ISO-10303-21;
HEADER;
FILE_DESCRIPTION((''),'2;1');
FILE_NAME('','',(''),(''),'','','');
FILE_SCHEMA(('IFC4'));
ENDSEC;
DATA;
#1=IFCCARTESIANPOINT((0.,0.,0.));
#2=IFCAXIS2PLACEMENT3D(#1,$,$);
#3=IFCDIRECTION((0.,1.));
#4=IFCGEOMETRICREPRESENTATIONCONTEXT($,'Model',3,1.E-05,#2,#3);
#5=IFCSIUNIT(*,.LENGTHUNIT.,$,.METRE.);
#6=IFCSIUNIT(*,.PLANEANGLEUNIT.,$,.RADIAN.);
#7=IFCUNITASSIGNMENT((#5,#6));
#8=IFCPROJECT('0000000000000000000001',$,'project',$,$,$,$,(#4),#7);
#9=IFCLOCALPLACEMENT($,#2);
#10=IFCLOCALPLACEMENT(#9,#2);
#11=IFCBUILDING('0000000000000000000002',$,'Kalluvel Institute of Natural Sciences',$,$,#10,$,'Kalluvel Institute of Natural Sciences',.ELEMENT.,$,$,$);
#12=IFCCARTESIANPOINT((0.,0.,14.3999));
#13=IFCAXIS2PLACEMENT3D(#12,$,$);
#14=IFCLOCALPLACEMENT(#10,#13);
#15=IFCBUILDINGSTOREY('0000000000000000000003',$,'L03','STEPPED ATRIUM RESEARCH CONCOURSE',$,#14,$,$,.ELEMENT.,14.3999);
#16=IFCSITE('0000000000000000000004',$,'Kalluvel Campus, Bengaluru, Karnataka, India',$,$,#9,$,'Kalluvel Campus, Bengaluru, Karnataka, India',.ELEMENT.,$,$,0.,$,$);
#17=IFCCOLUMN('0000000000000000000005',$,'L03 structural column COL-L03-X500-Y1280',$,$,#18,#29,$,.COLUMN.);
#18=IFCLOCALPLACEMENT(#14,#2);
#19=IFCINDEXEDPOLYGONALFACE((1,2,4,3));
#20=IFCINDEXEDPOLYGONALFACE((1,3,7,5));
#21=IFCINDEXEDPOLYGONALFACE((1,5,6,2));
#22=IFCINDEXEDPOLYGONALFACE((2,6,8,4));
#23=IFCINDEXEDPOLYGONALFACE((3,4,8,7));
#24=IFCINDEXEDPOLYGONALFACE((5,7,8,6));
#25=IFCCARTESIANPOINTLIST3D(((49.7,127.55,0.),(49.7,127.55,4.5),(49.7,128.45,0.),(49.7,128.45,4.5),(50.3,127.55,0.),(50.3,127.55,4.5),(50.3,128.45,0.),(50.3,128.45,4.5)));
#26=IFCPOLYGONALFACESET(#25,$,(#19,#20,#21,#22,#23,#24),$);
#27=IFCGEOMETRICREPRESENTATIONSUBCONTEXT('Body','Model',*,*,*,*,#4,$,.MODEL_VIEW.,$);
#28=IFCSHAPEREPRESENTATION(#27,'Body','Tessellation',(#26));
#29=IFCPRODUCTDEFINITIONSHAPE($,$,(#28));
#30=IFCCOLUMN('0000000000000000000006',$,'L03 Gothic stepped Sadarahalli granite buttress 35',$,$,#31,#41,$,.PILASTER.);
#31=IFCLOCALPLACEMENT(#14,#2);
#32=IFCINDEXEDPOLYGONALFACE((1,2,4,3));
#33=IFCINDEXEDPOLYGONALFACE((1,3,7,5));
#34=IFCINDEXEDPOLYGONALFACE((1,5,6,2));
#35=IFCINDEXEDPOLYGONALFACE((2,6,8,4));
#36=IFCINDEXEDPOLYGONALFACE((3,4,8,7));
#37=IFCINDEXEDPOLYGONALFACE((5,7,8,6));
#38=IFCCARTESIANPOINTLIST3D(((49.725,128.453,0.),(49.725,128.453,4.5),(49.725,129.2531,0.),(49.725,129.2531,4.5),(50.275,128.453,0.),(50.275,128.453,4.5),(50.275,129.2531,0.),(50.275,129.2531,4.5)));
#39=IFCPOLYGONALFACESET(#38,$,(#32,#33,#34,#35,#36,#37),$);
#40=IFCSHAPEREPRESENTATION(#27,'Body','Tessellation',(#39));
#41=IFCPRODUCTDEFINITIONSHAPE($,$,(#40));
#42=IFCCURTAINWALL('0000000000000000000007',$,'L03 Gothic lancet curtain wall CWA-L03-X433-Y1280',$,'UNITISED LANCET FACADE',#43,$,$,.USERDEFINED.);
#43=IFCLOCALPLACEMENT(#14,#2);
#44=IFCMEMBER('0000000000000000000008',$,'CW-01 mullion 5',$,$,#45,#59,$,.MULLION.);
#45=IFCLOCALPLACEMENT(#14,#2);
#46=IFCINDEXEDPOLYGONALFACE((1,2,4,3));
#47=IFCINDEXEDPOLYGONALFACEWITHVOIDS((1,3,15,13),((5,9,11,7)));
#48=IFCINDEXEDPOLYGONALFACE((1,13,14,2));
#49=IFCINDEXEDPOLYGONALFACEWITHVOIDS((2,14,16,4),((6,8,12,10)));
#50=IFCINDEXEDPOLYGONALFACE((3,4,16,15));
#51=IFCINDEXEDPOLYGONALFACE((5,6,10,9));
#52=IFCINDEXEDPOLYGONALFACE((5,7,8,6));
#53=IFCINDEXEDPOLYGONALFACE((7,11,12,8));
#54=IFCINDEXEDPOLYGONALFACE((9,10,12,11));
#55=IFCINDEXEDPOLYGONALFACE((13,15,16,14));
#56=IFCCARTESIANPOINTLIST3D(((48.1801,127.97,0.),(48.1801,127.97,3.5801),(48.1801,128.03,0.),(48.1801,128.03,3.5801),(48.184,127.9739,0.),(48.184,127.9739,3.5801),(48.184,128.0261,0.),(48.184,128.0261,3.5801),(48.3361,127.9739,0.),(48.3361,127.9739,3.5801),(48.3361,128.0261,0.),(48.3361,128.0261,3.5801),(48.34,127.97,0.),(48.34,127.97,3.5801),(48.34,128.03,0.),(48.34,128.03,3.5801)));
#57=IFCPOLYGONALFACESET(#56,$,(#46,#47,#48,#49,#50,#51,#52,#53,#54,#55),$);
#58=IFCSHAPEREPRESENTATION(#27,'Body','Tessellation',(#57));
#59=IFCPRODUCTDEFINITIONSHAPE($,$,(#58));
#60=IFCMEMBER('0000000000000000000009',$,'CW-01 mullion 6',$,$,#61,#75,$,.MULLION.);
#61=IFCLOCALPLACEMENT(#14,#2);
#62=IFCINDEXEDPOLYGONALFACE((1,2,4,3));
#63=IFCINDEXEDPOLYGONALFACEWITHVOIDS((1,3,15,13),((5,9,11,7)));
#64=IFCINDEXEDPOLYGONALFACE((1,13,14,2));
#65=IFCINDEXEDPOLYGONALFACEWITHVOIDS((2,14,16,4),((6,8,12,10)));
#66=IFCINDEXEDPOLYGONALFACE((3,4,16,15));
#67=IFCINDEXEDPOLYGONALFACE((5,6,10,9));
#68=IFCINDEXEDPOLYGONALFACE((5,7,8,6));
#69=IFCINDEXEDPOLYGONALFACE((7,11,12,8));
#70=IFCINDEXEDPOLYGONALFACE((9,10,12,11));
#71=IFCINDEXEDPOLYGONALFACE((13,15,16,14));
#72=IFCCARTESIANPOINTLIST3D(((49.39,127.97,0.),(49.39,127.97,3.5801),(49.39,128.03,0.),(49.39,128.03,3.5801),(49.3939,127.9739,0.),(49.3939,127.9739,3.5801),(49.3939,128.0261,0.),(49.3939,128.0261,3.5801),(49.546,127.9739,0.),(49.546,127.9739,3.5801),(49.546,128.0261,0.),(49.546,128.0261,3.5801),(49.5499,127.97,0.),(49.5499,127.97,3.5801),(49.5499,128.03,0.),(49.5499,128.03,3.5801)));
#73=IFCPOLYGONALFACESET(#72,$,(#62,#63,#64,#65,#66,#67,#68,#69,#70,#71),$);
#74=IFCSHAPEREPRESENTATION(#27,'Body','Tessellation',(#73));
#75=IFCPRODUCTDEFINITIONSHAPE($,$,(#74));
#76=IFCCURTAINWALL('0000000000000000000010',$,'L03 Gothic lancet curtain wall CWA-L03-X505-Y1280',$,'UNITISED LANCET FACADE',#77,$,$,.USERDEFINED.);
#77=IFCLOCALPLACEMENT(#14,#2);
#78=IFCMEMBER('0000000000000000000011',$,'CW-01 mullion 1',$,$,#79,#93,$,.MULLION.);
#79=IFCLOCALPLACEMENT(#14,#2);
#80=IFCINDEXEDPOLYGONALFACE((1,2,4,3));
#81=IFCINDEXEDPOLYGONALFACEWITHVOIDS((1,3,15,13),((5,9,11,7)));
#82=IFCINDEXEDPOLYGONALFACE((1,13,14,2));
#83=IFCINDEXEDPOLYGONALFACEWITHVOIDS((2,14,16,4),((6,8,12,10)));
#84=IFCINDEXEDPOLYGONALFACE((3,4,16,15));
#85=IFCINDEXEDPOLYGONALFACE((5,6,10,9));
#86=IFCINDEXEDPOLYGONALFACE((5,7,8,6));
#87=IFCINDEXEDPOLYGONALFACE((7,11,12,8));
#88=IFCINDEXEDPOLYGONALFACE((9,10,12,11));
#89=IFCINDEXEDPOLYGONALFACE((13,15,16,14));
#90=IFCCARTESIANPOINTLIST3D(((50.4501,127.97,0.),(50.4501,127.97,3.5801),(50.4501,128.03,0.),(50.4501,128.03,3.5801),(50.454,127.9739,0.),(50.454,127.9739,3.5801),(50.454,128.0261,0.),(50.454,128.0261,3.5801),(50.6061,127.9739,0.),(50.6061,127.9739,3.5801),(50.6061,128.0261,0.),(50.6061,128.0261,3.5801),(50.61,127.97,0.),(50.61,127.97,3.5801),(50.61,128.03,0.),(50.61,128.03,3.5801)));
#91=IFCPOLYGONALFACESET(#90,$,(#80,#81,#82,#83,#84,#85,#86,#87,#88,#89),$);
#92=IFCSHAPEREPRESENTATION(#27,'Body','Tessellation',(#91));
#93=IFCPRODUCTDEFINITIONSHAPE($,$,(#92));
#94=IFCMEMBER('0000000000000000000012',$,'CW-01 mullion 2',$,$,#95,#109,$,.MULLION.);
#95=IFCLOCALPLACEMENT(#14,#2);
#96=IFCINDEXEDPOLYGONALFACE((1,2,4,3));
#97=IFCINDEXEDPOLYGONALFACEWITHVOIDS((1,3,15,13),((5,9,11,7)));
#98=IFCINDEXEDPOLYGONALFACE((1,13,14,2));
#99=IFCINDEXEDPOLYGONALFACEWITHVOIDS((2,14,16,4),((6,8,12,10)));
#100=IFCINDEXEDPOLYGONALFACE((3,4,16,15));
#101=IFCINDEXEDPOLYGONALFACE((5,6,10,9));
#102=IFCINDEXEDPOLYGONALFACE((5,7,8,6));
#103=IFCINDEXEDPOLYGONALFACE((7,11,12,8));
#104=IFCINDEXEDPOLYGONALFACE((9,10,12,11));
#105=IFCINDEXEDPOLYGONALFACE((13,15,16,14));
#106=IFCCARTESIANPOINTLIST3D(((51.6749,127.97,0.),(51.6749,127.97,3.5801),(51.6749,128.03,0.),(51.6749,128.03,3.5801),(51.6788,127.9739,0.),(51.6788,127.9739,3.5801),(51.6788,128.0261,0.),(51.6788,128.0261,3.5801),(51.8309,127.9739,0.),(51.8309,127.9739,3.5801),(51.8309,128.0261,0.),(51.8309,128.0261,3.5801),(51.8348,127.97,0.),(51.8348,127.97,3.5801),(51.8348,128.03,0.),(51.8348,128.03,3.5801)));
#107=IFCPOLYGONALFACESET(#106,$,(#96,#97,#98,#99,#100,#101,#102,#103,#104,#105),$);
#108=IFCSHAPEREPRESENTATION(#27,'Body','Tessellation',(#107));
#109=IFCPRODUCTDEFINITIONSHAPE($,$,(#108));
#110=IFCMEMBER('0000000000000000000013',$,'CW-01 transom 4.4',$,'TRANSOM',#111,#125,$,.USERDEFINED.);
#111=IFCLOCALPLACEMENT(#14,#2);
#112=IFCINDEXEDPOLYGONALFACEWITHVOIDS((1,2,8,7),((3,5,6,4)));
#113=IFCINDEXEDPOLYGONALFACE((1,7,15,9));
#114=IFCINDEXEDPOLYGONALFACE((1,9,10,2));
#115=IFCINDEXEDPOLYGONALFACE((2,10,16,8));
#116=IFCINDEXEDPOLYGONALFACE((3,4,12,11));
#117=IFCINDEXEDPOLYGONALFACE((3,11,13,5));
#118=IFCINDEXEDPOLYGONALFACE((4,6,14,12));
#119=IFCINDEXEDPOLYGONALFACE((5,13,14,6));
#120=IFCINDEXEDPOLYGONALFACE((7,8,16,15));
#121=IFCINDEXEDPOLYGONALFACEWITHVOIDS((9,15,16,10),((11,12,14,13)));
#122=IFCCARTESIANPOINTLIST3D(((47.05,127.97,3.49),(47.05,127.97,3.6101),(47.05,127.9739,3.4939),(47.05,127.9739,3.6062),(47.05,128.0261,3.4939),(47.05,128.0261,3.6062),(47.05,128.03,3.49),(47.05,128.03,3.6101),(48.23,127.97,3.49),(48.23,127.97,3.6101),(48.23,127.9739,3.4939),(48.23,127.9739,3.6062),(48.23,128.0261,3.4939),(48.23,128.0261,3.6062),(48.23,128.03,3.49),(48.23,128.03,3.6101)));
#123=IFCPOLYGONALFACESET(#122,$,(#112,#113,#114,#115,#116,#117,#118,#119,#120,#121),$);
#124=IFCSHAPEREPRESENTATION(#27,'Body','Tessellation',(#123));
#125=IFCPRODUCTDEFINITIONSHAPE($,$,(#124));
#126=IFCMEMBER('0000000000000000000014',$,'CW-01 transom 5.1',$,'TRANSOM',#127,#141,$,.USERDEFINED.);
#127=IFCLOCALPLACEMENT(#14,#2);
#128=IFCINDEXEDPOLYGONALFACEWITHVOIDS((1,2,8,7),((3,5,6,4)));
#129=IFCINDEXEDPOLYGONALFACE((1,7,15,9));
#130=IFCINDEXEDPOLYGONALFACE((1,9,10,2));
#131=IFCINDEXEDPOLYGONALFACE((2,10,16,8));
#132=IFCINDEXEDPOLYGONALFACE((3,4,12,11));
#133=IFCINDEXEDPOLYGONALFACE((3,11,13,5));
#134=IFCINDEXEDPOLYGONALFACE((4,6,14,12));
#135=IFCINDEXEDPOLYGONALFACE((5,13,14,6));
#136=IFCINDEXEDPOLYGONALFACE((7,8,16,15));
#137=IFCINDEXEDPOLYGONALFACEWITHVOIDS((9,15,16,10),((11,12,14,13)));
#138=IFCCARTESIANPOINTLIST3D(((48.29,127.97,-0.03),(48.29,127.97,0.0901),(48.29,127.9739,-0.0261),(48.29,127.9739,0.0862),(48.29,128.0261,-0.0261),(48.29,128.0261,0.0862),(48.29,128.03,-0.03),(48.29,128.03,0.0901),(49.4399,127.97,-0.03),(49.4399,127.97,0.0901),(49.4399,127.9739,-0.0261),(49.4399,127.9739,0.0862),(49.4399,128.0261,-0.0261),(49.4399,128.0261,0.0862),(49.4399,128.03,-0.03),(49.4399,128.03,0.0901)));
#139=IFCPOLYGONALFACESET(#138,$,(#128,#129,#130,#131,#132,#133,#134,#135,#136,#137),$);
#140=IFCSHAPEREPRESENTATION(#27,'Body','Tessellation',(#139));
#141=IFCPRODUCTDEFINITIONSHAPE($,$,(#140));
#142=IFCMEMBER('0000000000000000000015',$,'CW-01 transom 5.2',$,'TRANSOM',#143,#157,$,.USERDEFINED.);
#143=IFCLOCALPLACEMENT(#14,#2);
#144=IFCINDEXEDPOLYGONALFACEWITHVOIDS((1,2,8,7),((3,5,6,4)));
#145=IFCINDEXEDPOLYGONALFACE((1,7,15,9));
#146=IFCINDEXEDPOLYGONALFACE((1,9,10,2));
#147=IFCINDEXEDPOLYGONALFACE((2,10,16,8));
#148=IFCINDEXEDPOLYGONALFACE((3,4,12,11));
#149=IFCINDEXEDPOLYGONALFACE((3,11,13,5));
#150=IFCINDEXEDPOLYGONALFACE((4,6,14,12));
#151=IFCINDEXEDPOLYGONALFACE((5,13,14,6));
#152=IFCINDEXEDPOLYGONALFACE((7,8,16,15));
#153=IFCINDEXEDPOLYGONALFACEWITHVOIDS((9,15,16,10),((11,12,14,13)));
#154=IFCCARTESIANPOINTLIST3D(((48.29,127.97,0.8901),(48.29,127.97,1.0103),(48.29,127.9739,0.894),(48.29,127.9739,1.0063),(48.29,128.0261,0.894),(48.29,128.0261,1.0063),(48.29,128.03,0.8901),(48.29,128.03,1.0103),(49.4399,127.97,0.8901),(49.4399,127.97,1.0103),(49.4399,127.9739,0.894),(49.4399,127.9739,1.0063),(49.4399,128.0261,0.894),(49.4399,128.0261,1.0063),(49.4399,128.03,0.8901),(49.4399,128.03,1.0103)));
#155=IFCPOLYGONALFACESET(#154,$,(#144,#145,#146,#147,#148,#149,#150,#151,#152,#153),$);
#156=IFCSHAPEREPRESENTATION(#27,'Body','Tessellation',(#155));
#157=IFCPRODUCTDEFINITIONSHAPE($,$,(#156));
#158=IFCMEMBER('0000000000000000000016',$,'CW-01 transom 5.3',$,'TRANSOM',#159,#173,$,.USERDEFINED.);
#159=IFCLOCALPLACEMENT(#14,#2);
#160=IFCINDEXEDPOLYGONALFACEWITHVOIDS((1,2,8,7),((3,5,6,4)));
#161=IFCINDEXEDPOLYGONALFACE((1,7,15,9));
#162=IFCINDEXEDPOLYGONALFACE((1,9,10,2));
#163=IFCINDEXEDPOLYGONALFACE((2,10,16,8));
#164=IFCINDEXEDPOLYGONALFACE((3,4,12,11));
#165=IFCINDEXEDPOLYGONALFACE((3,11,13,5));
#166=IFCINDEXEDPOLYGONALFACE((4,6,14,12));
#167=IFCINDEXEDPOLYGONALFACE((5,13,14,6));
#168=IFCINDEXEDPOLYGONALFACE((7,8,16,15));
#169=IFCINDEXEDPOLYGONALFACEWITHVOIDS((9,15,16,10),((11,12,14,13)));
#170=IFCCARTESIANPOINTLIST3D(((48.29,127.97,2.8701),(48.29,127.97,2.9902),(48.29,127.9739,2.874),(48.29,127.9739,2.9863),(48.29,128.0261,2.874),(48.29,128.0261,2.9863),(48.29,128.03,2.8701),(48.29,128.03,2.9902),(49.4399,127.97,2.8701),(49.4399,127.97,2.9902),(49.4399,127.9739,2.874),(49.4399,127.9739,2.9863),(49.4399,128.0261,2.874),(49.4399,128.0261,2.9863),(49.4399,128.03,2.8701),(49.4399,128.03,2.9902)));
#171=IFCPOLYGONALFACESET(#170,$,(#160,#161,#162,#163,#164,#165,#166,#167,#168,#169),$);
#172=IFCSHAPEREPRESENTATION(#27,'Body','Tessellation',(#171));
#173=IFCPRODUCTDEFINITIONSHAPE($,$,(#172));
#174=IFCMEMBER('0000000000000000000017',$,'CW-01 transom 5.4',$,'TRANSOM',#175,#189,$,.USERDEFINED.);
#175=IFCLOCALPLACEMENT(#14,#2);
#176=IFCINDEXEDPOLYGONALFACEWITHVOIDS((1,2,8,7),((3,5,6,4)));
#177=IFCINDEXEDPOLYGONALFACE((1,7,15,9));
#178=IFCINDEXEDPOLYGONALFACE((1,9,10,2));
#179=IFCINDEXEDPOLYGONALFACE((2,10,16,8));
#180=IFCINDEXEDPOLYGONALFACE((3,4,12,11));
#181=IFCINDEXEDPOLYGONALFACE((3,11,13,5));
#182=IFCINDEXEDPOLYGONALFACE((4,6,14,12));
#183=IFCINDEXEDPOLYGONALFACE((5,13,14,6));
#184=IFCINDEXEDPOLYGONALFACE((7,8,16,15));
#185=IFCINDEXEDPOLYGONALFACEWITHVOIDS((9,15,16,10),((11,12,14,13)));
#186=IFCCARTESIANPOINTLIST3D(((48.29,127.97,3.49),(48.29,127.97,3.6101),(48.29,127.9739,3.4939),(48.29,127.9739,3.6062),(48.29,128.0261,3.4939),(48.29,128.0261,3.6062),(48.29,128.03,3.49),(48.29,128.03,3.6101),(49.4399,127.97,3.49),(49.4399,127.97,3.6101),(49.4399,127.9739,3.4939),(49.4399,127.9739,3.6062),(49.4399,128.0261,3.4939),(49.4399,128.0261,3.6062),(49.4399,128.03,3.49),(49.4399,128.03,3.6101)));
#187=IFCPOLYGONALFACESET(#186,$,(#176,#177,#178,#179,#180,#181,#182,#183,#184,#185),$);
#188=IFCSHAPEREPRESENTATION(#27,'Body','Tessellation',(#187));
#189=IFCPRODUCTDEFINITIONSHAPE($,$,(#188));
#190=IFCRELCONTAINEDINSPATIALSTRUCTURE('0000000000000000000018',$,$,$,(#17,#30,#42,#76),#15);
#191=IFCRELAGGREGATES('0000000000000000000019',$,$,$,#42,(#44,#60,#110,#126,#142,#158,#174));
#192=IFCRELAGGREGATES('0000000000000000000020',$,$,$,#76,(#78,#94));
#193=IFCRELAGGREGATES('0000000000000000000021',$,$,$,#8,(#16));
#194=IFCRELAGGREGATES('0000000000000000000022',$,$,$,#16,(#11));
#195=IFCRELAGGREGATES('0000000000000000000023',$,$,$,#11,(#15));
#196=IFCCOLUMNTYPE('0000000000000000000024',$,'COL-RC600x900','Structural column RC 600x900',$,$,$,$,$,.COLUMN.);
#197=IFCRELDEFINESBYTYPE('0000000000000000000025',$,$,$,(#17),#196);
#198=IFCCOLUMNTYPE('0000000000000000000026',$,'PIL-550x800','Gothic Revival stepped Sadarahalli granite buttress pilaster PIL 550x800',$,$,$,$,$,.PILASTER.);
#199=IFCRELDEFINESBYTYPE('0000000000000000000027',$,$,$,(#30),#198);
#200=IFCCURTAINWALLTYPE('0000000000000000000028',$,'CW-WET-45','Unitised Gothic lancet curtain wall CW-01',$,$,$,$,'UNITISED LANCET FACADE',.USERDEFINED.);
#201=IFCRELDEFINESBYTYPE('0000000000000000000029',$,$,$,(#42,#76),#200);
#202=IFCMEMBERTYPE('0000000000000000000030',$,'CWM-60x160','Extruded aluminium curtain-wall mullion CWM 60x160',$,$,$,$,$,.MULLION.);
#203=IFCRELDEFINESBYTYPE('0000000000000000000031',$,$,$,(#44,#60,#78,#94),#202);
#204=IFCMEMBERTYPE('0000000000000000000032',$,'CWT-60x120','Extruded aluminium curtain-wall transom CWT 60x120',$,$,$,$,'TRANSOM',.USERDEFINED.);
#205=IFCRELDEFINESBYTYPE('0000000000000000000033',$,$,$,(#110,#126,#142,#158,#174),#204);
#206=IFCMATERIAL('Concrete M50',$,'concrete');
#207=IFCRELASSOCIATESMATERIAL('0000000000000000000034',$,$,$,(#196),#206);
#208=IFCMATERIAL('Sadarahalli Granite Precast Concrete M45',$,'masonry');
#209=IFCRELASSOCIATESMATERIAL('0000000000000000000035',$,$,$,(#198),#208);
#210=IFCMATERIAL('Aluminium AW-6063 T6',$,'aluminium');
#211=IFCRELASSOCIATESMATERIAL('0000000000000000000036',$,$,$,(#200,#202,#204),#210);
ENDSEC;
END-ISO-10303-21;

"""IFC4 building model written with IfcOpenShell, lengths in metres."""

from ifc_helpers import new_model, si_unit, direction, frame, origin, origin_2d, place, context, subcontext, project, spatial, rectangle, hollow_rectangle, extrude, material, material_profile, profile_set, type_object, element, aggregate, save


model = new_model("IFC4")

# Units and contexts
model_context = context("Model", 3, precision=1e-05, world=origin(), true_north=direction((0.0, 1.0)))
body_context = subcontext(model_context, "Body", "Model", "MODEL_VIEW")
ifc_project = project(units=[si_unit("LENGTHUNIT", "METRE"), si_unit("PLANEANGLEUNIT", "RADIAN")], contexts=[model_context])

# Site, building, storey
site_placement = place(None, origin())
site = spatial("IfcSite", under=ifc_project, at=site_placement, Name="Kalluvel Campus, Bengaluru, Karnataka, India", LongName="Kalluvel Campus, Bengaluru, Karnataka, India", CompositionType="ELEMENT", RefElevation=0.0)
building_placement = place(site_placement, origin())
building = spatial("IfcBuilding", under=site, at=building_placement, Name="Kalluvel Institute of Natural Sciences", LongName="Kalluvel Institute of Natural Sciences", CompositionType="ELEMENT")
storey_placement = place(building_placement, frame((0.0, 0.0, 14.3999)))
storey = spatial("IfcBuildingStorey", under=building, at=storey_placement, Name="L03", Description="STEPPED ATRIUM RESEARCH CONCOURSE", CompositionType="ELEMENT", Elevation=14.3999)

# Columns
ifc_material_1 = material(Name="Concrete M50", Category="concrete")
ifc_material_profile_1 = material_profile(ifc_material_1, rectangle(XDim=0.6001, YDim=0.8999, at=origin_2d()), Name="RC 600x900")
ifc_profile_set_1 = profile_set([ifc_material_profile_1], Name="Concrete M50")
column_type_1 = type_object("IfcColumnType", Name="COL-RC600x900", Description="Structural column RC 600x900", PredefinedType="COLUMN", material=ifc_profile_set_1)
column_1_placement = place(storey_placement, frame((50.0, 128.0, 0.0), z_axis=(0.0, 0.0, 1.0), x_axis=(1.0, 0.0, 0.0)))
element("IfcColumn", 1, at=column_1_placement, inside=storey, type_object=column_type_1, Name="L03 structural column COL-L03-X500-Y1280", PredefinedType="COLUMN", context=body_context, shape_type="SweptSolid", body=[
    extrude(rectangle(XDim=0.6001, YDim=0.8999, at=origin_2d()), origin(), (0.0, 0.0, 1.0), 4.5),
])
ifc_material_2 = material(Name="Sadarahalli Granite Precast Concrete M45", Category="masonry")
ifc_material_profile_2 = material_profile(ifc_material_2, rectangle(XDim=0.55, YDim=0.8, at=origin_2d()), Name="PIL 550x800")
ifc_profile_set_2 = profile_set([ifc_material_profile_2], Name="Sadarahalli Granite Precast Concrete M45")
column_type_2 = type_object("IfcColumnType", Name="PIL-550x800", Description="Gothic Revival stepped Sadarahalli granite buttress pilaster PIL 550x800", PredefinedType="PILASTER", material=ifc_profile_set_2)
column_2_placement = place(storey_placement, frame((50.0, 128.853, 0.0), z_axis=(0.0, 0.0, 1.0), x_axis=(1.0, 0.0, 0.0)))
element("IfcColumn", 2, at=column_2_placement, inside=storey, type_object=column_type_2, Name="L03 Gothic stepped Sadarahalli granite buttress 35", PredefinedType="PILASTER", context=body_context, shape_type="SweptSolid", body=[
    extrude(rectangle(XDim=0.55, YDim=0.8, at=origin_2d()), origin(), (0.0, 0.0, 1.0), 4.5),
])

# Curtain walls, members
ifc_material_3 = material(Name="Aluminium AW-6063 T6", Category="aluminium")
curtain_wall_type = type_object("IfcCurtainWallType", Name="CW-WET-45", Description="Unitised Gothic lancet curtain wall CW-01", ElementType="UNITISED LANCET FACADE", PredefinedType="USERDEFINED", material=ifc_material_3)
curtain_wall_1_placement = place(storey_placement, origin())
curtain_wall_1 = element("IfcCurtainWall", 3, at=curtain_wall_1_placement, inside=storey, type_object=curtain_wall_type, Name="L03 Gothic lancet curtain wall CWA-L03-X433-Y1280", ObjectType="UNITISED LANCET FACADE", PredefinedType="USERDEFINED")
ifc_material_profile_3 = material_profile(ifc_material_3, hollow_rectangle(XDim=0.0601, YDim=0.1599, WallThickness=0.0039, at=origin_2d()), Name="CWM 60x160")
ifc_profile_set_3 = profile_set([ifc_material_profile_3], Name="Aluminium AW-6063 T6")
member_type_1 = type_object("IfcMemberType", Name="CWM-60x160", Description="Extruded aluminium curtain-wall mullion CWM 60x160", PredefinedType="MULLION", material=ifc_profile_set_3)
member_1_placement = place(storey_placement, frame((48.26, 128.0, 0.0), z_axis=(0.0, 0.0, 1.0), x_axis=(0.0, 1.0, 0.0)))
member_1 = element("IfcMember", 4, at=member_1_placement, type_object=member_type_1, Name="CW-01 mullion 5", PredefinedType="MULLION", context=body_context, shape_type="SweptSolid", body=[
    extrude(hollow_rectangle(XDim=0.0601, YDim=0.1599, WallThickness=0.0039, at=origin_2d()), origin(), (0.0, 0.0, 1.0), 3.5801),
])
member_2_placement = place(storey_placement, frame((49.47, 128.0, 0.0), z_axis=(0.0, 0.0, 1.0), x_axis=(0.0, 1.0, 0.0)))
member_2 = element("IfcMember", 5, at=member_2_placement, type_object=member_type_1, Name="CW-01 mullion 6", PredefinedType="MULLION", context=body_context, shape_type="SweptSolid", body=[
    extrude(hollow_rectangle(XDim=0.0601, YDim=0.1599, WallThickness=0.0039, at=origin_2d()), origin(), (0.0, 0.0, 1.0), 3.5801),
])
curtain_wall_2_placement = place(storey_placement, origin())
curtain_wall_2 = element("IfcCurtainWall", 6, at=curtain_wall_2_placement, inside=storey, type_object=curtain_wall_type, Name="L03 Gothic lancet curtain wall CWA-L03-X505-Y1280", ObjectType="UNITISED LANCET FACADE", PredefinedType="USERDEFINED")
member_3_placement = place(storey_placement, frame((50.53, 128.0, 0.0), z_axis=(0.0, 0.0, 1.0), x_axis=(0.0, 1.0, 0.0)))
member_3 = element("IfcMember", 7, at=member_3_placement, type_object=member_type_1, Name="CW-01 mullion 1", PredefinedType="MULLION", context=body_context, shape_type="SweptSolid", body=[
    extrude(hollow_rectangle(XDim=0.0601, YDim=0.1599, WallThickness=0.0039, at=origin_2d()), origin(), (0.0, 0.0, 1.0), 3.5801),
])
member_4_placement = place(storey_placement, frame((51.7549, 128.0, 0.0), z_axis=(0.0, 0.0, 1.0), x_axis=(0.0, 1.0, 0.0)))
member_4 = element("IfcMember", 8, at=member_4_placement, type_object=member_type_1, Name="CW-01 mullion 2", PredefinedType="MULLION", context=body_context, shape_type="SweptSolid", body=[
    extrude(hollow_rectangle(XDim=0.0601, YDim=0.1599, WallThickness=0.0039, at=origin_2d()), origin(), (0.0, 0.0, 1.0), 3.5801),
])

# Members
ifc_material_profile_4 = material_profile(ifc_material_3, hollow_rectangle(XDim=0.0601, YDim=0.1201, WallThickness=0.0039, at=origin_2d()), Name="CWT 60x120")
ifc_profile_set_4 = profile_set([ifc_material_profile_4], Name="Aluminium AW-6063 T6")
member_type_2 = type_object("IfcMemberType", Name="CWT-60x120", Description="Extruded aluminium curtain-wall transom CWT 60x120", ElementType="TRANSOM", PredefinedType="USERDEFINED", material=ifc_profile_set_4)
member_5_placement = place(storey_placement, frame((47.05, 128.0, 3.55), z_axis=(1.0, 0.0, 0.0), x_axis=(0.0, 1.0, 0.0)))
member_5 = element("IfcMember", 9, at=member_5_placement, type_object=member_type_2, Name="CW-01 transom 4.4", ObjectType="TRANSOM", PredefinedType="USERDEFINED", context=body_context, shape_type="SweptSolid", body=[
    extrude(hollow_rectangle(XDim=0.0601, YDim=0.1201, WallThickness=0.0039, at=origin_2d()), origin(), (0.0, 0.0, 1.0), 1.1799),
])
member_6_placement = place(storey_placement, frame((48.29, 128.0, 0.03), z_axis=(1.0, 0.0, 0.0), x_axis=(0.0, 1.0, 0.0)))
member_6 = element("IfcMember", 10, at=member_6_placement, type_object=member_type_2, Name="CW-01 transom 5.1", ObjectType="TRANSOM", PredefinedType="USERDEFINED", context=body_context, shape_type="SweptSolid", body=[
    extrude(hollow_rectangle(XDim=0.0601, YDim=0.1201, WallThickness=0.0039, at=origin_2d()), origin(), (0.0, 0.0, 1.0), 1.1499),
])
member_7_placement = place(storey_placement, frame((48.29, 128.0, 0.9502), z_axis=(1.0, 0.0, 0.0), x_axis=(0.0, 1.0, 0.0)))
member_7 = element("IfcMember", 11, at=member_7_placement, type_object=member_type_2, Name="CW-01 transom 5.2", ObjectType="TRANSOM", PredefinedType="USERDEFINED", context=body_context, shape_type="SweptSolid", body=[
    extrude(hollow_rectangle(XDim=0.0601, YDim=0.1201, WallThickness=0.0039, at=origin_2d()), origin(), (0.0, 0.0, 1.0), 1.1499),
])
member_8_placement = place(storey_placement, frame((48.29, 128.0, 2.9302), z_axis=(1.0, 0.0, 0.0), x_axis=(0.0, 1.0, 0.0)))
member_8 = element("IfcMember", 12, at=member_8_placement, type_object=member_type_2, Name="CW-01 transom 5.3", ObjectType="TRANSOM", PredefinedType="USERDEFINED", context=body_context, shape_type="SweptSolid", body=[
    extrude(hollow_rectangle(XDim=0.0601, YDim=0.1201, WallThickness=0.0039, at=origin_2d()), origin(), (0.0, 0.0, 1.0), 1.1499),
])
member_9_placement = place(storey_placement, frame((48.29, 128.0, 3.55), z_axis=(1.0, 0.0, 0.0), x_axis=(0.0, 1.0, 0.0)))
member_9 = element("IfcMember", 13, at=member_9_placement, type_object=member_type_2, Name="CW-01 transom 5.4", ObjectType="TRANSOM", PredefinedType="USERDEFINED", context=body_context, shape_type="SweptSolid", body=[
    extrude(hollow_rectangle(XDim=0.0601, YDim=0.1201, WallThickness=0.0039, at=origin_2d()), origin(), (0.0, 0.0, 1.0), 1.1499),
])

aggregate(curtain_wall_1, [member_1, member_2, member_5, member_6, member_7, member_8, member_9])
aggregate(curtain_wall_2, [member_3, member_4])

save(model, "model.ifc")
